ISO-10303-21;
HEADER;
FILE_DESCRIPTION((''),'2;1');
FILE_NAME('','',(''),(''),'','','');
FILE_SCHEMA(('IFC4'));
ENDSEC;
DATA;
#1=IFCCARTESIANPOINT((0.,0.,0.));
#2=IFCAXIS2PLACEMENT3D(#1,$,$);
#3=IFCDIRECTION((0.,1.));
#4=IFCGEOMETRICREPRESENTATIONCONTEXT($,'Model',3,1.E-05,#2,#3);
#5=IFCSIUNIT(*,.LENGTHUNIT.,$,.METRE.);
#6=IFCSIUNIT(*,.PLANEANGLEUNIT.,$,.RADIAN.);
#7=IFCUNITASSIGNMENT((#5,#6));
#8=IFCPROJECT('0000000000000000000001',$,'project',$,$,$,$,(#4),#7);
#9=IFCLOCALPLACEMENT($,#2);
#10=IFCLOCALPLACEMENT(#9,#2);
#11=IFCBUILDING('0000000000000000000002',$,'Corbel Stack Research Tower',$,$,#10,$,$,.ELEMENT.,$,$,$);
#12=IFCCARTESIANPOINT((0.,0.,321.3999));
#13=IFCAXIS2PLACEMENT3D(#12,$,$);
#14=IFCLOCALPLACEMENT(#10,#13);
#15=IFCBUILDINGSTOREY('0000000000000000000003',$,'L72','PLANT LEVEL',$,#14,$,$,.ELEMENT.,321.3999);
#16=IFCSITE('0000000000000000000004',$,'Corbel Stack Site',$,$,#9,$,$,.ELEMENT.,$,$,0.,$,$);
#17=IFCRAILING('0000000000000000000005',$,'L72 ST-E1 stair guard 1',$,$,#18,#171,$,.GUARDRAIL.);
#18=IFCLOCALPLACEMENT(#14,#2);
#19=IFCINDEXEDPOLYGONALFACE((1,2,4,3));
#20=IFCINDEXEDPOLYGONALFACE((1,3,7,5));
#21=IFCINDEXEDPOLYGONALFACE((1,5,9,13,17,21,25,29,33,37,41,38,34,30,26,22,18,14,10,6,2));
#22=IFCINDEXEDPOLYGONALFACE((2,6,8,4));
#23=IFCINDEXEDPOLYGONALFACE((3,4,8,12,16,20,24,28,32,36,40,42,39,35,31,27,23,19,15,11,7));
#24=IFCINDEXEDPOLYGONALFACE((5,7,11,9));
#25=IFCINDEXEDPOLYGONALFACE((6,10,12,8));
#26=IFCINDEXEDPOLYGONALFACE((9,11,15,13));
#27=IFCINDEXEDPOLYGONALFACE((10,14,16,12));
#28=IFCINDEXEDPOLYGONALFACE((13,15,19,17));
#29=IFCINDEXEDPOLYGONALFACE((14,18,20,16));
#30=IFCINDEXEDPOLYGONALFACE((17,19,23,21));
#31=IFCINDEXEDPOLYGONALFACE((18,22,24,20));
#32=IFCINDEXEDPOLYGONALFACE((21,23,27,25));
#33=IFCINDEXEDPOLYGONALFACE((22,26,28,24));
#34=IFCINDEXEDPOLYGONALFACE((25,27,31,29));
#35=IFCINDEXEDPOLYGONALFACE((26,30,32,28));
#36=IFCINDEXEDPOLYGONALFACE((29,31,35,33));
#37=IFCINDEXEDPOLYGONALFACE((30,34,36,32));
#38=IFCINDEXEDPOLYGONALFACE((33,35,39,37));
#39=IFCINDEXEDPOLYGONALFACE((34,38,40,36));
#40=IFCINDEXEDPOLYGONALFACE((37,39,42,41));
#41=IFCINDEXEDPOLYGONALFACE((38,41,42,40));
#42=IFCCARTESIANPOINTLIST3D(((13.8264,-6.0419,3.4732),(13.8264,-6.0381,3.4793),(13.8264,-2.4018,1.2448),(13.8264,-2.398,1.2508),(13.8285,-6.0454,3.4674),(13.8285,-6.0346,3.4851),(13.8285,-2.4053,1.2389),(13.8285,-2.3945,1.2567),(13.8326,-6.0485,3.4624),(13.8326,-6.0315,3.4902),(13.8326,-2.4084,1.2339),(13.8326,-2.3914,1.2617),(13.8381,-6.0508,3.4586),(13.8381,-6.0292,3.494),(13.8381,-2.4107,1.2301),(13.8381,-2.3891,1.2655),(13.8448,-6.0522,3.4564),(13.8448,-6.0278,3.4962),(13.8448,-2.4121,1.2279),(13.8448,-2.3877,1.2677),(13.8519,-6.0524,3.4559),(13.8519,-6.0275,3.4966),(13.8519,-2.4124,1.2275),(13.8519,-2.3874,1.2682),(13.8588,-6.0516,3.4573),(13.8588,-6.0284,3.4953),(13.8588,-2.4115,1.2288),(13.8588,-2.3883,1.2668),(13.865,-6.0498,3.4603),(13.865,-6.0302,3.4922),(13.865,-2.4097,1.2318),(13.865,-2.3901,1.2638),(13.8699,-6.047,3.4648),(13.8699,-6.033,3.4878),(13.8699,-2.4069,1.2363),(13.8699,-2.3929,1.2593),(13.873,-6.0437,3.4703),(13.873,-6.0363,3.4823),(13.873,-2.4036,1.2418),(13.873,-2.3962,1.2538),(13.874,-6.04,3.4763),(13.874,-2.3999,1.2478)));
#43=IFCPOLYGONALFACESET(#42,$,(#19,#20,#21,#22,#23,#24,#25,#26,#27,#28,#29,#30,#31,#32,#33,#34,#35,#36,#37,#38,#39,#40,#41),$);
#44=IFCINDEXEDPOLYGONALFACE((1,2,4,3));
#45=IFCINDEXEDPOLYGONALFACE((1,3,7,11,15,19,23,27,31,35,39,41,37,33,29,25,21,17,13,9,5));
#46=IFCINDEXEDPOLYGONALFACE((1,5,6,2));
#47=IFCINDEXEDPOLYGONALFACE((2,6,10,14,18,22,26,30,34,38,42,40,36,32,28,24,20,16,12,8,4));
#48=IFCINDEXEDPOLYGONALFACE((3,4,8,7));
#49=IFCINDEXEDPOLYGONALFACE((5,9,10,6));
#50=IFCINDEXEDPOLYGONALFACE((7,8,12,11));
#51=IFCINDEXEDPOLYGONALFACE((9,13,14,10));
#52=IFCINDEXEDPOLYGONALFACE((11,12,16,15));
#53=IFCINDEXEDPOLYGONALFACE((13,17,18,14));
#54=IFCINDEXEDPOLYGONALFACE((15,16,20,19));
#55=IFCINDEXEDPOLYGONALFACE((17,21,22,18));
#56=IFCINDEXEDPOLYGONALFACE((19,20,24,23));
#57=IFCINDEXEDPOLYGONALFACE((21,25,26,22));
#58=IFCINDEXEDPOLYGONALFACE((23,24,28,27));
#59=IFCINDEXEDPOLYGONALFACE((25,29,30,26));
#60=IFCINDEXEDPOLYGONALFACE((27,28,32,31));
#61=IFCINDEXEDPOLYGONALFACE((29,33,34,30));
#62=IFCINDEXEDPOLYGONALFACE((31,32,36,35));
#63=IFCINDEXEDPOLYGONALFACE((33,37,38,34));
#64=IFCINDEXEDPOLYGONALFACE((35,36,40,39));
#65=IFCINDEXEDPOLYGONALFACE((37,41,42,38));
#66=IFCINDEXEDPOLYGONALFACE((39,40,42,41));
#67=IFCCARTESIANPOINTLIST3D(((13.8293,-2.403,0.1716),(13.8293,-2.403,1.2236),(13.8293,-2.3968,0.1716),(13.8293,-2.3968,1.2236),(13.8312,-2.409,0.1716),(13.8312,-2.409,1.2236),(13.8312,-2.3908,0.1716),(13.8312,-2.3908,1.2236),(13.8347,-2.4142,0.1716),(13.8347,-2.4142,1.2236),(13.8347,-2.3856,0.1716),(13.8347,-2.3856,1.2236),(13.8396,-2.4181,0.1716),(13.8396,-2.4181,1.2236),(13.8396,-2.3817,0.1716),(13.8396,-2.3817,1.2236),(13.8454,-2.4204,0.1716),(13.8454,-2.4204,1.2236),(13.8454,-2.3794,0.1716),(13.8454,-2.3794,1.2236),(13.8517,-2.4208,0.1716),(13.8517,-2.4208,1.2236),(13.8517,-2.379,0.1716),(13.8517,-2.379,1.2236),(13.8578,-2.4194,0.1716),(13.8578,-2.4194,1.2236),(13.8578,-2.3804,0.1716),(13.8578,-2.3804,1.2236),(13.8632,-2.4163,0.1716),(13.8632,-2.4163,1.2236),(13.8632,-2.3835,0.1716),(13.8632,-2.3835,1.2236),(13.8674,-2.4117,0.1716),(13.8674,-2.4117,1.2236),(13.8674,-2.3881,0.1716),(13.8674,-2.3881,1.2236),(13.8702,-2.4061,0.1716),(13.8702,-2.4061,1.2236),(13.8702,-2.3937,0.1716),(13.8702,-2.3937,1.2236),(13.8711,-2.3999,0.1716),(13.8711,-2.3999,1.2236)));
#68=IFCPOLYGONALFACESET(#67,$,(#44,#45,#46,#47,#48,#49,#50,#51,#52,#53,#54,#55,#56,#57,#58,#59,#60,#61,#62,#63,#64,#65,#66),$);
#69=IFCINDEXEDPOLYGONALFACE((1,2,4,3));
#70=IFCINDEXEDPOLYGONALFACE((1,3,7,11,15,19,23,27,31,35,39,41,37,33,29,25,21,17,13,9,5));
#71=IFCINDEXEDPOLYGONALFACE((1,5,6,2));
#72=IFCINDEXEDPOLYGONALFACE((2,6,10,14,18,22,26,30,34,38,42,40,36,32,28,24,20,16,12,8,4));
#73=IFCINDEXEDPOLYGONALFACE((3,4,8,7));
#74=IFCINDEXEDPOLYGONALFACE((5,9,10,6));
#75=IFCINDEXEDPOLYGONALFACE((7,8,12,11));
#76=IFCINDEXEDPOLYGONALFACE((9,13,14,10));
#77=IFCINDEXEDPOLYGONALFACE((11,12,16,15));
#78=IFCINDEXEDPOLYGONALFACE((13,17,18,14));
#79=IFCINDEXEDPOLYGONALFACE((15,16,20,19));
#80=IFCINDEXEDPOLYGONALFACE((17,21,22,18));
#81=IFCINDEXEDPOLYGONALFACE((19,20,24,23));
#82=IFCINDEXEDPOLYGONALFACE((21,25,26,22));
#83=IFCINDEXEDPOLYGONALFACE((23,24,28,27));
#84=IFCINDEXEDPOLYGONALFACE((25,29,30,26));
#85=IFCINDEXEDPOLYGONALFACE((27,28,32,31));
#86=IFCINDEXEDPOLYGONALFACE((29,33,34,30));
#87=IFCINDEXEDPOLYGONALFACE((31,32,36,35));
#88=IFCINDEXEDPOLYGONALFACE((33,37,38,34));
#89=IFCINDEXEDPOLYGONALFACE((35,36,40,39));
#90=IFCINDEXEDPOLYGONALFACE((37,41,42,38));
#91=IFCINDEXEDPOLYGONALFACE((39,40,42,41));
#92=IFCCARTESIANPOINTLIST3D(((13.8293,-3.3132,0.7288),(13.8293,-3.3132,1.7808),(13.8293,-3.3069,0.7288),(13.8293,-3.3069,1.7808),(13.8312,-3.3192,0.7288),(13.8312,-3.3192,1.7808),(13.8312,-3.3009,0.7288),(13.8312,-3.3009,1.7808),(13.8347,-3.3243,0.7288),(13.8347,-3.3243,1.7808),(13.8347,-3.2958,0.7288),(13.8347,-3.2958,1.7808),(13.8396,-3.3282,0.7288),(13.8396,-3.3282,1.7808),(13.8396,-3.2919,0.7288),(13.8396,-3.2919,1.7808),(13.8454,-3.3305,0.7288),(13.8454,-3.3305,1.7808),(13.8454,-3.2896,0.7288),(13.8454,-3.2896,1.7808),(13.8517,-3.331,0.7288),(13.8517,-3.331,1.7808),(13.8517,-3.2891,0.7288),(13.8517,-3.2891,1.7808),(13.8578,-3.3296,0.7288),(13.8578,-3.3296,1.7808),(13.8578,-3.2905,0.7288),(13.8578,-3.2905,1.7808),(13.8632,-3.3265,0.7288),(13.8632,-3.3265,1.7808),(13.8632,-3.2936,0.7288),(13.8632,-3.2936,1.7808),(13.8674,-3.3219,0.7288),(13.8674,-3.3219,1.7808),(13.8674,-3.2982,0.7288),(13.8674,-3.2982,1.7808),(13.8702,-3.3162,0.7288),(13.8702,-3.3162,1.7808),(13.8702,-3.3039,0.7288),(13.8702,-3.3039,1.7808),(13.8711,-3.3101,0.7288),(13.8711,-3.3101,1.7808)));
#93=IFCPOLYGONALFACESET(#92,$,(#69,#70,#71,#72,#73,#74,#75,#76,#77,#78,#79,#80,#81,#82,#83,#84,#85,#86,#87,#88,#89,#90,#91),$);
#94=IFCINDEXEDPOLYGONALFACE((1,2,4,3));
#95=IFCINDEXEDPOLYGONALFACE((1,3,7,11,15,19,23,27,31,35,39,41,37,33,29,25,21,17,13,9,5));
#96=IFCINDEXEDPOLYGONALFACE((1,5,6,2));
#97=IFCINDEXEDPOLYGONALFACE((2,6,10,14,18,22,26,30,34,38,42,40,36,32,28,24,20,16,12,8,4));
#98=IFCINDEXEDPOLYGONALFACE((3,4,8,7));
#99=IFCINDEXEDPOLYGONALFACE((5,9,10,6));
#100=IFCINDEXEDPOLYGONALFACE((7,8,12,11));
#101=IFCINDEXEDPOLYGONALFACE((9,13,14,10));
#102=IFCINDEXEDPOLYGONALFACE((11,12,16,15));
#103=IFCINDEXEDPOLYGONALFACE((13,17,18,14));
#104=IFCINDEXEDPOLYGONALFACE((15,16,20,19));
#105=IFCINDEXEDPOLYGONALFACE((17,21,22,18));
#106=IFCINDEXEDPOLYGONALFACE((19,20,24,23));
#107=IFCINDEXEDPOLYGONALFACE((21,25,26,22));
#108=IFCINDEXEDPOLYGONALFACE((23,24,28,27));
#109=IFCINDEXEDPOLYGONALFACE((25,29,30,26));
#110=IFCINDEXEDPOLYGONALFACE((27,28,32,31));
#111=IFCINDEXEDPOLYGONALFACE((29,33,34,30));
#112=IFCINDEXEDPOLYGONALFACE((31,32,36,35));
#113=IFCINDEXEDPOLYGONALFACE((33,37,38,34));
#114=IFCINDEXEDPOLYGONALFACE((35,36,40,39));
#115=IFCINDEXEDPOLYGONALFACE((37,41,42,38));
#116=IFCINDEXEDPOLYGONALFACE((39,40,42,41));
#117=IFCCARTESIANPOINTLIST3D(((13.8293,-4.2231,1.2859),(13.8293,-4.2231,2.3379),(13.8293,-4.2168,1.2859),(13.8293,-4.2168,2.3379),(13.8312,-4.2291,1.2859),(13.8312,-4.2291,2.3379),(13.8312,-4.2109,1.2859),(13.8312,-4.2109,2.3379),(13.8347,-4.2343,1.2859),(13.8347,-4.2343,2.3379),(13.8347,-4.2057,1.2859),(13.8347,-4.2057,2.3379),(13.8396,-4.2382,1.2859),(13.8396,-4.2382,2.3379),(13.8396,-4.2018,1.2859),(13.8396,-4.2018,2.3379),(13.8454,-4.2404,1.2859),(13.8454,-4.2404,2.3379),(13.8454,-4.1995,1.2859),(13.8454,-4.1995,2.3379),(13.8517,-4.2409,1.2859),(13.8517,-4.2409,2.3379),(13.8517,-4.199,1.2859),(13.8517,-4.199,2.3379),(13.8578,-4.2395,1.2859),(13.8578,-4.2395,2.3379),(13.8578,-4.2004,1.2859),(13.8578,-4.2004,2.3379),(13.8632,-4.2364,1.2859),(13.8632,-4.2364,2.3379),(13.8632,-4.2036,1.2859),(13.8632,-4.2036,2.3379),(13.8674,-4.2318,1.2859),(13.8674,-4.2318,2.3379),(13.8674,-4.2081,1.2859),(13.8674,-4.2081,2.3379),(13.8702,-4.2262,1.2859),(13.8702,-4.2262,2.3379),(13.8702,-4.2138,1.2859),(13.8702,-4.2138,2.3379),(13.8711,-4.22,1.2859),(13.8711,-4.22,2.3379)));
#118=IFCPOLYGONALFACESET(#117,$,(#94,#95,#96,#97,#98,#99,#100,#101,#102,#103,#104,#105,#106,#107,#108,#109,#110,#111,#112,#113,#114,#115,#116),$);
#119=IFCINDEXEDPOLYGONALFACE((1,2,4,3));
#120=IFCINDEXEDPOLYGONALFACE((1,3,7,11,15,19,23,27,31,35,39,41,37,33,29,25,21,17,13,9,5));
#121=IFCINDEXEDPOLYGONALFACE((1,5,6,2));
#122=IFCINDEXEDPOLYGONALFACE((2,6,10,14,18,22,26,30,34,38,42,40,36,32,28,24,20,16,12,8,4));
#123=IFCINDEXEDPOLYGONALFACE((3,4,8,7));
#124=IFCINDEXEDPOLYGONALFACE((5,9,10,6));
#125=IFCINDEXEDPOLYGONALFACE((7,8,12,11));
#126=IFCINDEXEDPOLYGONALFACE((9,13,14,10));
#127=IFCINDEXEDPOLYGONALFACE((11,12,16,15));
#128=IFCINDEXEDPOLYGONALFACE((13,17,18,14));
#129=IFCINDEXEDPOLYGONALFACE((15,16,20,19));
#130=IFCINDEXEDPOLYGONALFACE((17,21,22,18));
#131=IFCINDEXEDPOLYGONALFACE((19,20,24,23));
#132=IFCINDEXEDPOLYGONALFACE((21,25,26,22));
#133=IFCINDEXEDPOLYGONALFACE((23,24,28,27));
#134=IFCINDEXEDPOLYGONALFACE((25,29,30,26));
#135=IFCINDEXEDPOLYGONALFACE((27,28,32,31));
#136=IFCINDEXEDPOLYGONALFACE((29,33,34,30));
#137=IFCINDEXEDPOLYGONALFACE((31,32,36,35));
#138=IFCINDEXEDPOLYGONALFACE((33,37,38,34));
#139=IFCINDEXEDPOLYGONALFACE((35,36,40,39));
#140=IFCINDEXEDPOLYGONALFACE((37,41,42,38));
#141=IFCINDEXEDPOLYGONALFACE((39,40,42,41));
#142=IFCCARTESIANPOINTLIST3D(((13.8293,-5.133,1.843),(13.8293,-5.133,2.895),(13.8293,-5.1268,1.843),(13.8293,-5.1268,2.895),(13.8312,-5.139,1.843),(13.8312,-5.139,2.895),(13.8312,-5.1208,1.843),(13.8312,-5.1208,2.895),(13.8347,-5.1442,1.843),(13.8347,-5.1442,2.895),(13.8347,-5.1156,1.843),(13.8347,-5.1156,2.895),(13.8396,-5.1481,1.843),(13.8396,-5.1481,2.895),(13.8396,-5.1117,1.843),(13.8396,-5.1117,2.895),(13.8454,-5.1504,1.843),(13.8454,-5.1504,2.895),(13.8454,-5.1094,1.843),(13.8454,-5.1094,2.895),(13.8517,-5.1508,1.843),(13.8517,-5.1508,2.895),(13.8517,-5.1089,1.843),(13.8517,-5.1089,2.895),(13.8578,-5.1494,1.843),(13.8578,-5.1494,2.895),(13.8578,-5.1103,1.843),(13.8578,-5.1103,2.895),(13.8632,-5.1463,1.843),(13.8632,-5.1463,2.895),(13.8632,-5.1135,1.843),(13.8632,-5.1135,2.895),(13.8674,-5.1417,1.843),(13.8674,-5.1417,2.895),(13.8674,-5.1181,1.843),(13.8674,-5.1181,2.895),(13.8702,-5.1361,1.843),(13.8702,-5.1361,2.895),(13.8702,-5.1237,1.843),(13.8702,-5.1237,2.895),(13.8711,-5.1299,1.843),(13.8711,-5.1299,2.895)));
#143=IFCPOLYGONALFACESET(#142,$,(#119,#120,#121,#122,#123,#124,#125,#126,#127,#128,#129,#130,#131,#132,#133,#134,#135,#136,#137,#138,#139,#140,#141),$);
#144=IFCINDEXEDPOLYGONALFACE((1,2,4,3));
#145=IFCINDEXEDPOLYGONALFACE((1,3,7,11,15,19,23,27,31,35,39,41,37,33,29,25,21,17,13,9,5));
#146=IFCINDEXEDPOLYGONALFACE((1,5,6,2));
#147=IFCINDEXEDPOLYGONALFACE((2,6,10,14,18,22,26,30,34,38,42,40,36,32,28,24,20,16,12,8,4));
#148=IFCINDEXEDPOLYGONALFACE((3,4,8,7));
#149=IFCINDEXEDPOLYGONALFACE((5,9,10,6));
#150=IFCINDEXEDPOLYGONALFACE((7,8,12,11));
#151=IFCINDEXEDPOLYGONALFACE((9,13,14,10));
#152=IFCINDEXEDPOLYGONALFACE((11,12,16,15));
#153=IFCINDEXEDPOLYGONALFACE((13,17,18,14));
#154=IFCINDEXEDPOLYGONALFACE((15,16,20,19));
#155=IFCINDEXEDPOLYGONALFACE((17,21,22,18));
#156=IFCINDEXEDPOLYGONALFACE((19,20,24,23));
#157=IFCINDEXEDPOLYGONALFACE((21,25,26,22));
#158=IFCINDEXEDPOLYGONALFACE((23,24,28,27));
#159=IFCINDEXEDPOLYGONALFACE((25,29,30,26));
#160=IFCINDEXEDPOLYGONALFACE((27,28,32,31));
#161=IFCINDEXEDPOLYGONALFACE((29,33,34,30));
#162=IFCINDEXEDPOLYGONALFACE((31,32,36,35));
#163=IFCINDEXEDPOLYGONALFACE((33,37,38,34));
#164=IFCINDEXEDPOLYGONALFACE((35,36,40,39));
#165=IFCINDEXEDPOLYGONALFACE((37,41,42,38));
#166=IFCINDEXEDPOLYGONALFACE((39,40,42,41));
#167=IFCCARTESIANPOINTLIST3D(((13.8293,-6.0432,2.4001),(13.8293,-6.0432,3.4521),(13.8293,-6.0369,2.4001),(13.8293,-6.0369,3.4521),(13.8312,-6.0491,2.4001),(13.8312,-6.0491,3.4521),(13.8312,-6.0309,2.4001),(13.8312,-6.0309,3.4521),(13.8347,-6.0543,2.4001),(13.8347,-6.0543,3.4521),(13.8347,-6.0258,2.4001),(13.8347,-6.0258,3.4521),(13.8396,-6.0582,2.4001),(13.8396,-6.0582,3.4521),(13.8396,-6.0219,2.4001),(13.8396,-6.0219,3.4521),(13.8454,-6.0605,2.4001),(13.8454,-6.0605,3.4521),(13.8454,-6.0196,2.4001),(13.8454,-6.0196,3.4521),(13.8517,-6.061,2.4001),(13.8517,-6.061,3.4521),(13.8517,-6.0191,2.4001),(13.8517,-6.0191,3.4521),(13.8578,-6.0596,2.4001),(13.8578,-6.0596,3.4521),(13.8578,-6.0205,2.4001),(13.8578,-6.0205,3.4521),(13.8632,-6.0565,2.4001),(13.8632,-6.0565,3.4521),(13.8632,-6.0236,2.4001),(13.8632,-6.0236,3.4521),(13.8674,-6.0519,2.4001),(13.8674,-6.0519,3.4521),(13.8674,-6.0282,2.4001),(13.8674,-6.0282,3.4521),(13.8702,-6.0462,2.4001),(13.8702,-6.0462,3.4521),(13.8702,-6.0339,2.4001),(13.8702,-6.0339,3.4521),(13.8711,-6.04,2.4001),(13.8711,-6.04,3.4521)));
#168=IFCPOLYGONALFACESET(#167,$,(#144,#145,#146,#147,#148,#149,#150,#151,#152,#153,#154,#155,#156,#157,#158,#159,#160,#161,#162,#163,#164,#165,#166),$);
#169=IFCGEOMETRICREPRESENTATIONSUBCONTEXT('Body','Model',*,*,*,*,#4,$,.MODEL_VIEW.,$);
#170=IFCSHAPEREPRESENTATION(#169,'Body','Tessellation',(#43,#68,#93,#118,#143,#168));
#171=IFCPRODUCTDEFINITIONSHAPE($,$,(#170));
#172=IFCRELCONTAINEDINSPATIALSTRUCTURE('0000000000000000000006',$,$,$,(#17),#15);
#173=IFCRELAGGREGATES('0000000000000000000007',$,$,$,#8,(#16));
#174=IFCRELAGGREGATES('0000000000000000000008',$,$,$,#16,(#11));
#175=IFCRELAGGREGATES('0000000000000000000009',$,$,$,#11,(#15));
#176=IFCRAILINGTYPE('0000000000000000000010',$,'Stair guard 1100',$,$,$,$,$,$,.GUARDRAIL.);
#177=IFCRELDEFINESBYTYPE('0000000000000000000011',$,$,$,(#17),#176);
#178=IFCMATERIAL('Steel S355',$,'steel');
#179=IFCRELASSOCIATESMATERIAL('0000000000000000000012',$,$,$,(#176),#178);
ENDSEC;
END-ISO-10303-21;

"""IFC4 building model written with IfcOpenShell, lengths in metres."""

from ifc_helpers import new_model, si_unit, direction, frame, origin, origin_2d, place, context, subcontext, project, spatial, circle, extrude, material, type_object, element, save


model = new_model("IFC4")

# Units and contexts
model_context = context("Model", 3, precision=1e-05, world=origin(), true_north=direction((0.0, 1.0)))
body_context = subcontext(model_context, "Body", "Model", "MODEL_VIEW")
ifc_project = project(units=[si_unit("LENGTHUNIT", "METRE"), si_unit("PLANEANGLEUNIT", "RADIAN")], contexts=[model_context])

# Site, building, storey
site_placement = place(None, origin())
site = spatial("IfcSite", under=ifc_project, at=site_placement, Name="Corbel Stack Site", CompositionType="ELEMENT", RefElevation=0.0)
building_placement = place(site_placement, origin())
building = spatial("IfcBuilding", under=site, at=building_placement, Name="Corbel Stack Research Tower", CompositionType="ELEMENT")
storey_placement = place(building_placement, frame((0.0, 0.0, 321.3999)))
storey = spatial("IfcBuildingStorey", under=building, at=storey_placement, Name="L72", Description="PLANT LEVEL", CompositionType="ELEMENT", Elevation=321.3999)

# Railing
ifc_material_1 = material(Name="Steel S355", Category="steel")
railing_type_1 = type_object("IfcRailingType", Name="Stair guard 1100", PredefinedType="GUARDRAIL", material=ifc_material_1)
railing_1_placement = place(storey_placement, frame((13.8501, -2.3999, 0.1716)))
element("IfcRailing", 1, at=railing_1_placement, inside=storey, type_object=railing_type_1, Name="L72 ST-E1 stair guard 1", PredefinedType="GUARDRAIL", context=body_context, shape_type="SweptSolid", body=[
    extrude(circle(Radius=0.0239, at=origin_2d()), frame((0.0, 0.0, 1.0762), z_axis=(0.0, -0.852866, 0.52213), x_axis=(1.0, 0.0, 0.0)), (0.0, 0.0, 1.0), 4.2681),
    extrude(circle(Radius=0.021, at=origin_2d()), origin(), (0.0, 0.0, 1.0), 1.052),
    extrude(circle(Radius=0.021, at=origin_2d()), frame((0.0, -0.9102, 0.5571)), (0.0, 0.0, 1.0), 1.052),
    extrude(circle(Radius=0.021, at=origin_2d()), frame((0.0, -1.8201, 1.1143)), (0.0, 0.0, 1.0), 1.052),
    extrude(circle(Radius=0.021, at=origin_2d()), frame((0.0, -2.73, 1.6714)), (0.0, 0.0, 1.0), 1.052),
    extrude(circle(Radius=0.021, at=origin_2d()), frame((0.0, -3.6401, 2.2285)), (0.0, 0.0, 1.0), 1.052),
])

save(model, "model.ifc")
